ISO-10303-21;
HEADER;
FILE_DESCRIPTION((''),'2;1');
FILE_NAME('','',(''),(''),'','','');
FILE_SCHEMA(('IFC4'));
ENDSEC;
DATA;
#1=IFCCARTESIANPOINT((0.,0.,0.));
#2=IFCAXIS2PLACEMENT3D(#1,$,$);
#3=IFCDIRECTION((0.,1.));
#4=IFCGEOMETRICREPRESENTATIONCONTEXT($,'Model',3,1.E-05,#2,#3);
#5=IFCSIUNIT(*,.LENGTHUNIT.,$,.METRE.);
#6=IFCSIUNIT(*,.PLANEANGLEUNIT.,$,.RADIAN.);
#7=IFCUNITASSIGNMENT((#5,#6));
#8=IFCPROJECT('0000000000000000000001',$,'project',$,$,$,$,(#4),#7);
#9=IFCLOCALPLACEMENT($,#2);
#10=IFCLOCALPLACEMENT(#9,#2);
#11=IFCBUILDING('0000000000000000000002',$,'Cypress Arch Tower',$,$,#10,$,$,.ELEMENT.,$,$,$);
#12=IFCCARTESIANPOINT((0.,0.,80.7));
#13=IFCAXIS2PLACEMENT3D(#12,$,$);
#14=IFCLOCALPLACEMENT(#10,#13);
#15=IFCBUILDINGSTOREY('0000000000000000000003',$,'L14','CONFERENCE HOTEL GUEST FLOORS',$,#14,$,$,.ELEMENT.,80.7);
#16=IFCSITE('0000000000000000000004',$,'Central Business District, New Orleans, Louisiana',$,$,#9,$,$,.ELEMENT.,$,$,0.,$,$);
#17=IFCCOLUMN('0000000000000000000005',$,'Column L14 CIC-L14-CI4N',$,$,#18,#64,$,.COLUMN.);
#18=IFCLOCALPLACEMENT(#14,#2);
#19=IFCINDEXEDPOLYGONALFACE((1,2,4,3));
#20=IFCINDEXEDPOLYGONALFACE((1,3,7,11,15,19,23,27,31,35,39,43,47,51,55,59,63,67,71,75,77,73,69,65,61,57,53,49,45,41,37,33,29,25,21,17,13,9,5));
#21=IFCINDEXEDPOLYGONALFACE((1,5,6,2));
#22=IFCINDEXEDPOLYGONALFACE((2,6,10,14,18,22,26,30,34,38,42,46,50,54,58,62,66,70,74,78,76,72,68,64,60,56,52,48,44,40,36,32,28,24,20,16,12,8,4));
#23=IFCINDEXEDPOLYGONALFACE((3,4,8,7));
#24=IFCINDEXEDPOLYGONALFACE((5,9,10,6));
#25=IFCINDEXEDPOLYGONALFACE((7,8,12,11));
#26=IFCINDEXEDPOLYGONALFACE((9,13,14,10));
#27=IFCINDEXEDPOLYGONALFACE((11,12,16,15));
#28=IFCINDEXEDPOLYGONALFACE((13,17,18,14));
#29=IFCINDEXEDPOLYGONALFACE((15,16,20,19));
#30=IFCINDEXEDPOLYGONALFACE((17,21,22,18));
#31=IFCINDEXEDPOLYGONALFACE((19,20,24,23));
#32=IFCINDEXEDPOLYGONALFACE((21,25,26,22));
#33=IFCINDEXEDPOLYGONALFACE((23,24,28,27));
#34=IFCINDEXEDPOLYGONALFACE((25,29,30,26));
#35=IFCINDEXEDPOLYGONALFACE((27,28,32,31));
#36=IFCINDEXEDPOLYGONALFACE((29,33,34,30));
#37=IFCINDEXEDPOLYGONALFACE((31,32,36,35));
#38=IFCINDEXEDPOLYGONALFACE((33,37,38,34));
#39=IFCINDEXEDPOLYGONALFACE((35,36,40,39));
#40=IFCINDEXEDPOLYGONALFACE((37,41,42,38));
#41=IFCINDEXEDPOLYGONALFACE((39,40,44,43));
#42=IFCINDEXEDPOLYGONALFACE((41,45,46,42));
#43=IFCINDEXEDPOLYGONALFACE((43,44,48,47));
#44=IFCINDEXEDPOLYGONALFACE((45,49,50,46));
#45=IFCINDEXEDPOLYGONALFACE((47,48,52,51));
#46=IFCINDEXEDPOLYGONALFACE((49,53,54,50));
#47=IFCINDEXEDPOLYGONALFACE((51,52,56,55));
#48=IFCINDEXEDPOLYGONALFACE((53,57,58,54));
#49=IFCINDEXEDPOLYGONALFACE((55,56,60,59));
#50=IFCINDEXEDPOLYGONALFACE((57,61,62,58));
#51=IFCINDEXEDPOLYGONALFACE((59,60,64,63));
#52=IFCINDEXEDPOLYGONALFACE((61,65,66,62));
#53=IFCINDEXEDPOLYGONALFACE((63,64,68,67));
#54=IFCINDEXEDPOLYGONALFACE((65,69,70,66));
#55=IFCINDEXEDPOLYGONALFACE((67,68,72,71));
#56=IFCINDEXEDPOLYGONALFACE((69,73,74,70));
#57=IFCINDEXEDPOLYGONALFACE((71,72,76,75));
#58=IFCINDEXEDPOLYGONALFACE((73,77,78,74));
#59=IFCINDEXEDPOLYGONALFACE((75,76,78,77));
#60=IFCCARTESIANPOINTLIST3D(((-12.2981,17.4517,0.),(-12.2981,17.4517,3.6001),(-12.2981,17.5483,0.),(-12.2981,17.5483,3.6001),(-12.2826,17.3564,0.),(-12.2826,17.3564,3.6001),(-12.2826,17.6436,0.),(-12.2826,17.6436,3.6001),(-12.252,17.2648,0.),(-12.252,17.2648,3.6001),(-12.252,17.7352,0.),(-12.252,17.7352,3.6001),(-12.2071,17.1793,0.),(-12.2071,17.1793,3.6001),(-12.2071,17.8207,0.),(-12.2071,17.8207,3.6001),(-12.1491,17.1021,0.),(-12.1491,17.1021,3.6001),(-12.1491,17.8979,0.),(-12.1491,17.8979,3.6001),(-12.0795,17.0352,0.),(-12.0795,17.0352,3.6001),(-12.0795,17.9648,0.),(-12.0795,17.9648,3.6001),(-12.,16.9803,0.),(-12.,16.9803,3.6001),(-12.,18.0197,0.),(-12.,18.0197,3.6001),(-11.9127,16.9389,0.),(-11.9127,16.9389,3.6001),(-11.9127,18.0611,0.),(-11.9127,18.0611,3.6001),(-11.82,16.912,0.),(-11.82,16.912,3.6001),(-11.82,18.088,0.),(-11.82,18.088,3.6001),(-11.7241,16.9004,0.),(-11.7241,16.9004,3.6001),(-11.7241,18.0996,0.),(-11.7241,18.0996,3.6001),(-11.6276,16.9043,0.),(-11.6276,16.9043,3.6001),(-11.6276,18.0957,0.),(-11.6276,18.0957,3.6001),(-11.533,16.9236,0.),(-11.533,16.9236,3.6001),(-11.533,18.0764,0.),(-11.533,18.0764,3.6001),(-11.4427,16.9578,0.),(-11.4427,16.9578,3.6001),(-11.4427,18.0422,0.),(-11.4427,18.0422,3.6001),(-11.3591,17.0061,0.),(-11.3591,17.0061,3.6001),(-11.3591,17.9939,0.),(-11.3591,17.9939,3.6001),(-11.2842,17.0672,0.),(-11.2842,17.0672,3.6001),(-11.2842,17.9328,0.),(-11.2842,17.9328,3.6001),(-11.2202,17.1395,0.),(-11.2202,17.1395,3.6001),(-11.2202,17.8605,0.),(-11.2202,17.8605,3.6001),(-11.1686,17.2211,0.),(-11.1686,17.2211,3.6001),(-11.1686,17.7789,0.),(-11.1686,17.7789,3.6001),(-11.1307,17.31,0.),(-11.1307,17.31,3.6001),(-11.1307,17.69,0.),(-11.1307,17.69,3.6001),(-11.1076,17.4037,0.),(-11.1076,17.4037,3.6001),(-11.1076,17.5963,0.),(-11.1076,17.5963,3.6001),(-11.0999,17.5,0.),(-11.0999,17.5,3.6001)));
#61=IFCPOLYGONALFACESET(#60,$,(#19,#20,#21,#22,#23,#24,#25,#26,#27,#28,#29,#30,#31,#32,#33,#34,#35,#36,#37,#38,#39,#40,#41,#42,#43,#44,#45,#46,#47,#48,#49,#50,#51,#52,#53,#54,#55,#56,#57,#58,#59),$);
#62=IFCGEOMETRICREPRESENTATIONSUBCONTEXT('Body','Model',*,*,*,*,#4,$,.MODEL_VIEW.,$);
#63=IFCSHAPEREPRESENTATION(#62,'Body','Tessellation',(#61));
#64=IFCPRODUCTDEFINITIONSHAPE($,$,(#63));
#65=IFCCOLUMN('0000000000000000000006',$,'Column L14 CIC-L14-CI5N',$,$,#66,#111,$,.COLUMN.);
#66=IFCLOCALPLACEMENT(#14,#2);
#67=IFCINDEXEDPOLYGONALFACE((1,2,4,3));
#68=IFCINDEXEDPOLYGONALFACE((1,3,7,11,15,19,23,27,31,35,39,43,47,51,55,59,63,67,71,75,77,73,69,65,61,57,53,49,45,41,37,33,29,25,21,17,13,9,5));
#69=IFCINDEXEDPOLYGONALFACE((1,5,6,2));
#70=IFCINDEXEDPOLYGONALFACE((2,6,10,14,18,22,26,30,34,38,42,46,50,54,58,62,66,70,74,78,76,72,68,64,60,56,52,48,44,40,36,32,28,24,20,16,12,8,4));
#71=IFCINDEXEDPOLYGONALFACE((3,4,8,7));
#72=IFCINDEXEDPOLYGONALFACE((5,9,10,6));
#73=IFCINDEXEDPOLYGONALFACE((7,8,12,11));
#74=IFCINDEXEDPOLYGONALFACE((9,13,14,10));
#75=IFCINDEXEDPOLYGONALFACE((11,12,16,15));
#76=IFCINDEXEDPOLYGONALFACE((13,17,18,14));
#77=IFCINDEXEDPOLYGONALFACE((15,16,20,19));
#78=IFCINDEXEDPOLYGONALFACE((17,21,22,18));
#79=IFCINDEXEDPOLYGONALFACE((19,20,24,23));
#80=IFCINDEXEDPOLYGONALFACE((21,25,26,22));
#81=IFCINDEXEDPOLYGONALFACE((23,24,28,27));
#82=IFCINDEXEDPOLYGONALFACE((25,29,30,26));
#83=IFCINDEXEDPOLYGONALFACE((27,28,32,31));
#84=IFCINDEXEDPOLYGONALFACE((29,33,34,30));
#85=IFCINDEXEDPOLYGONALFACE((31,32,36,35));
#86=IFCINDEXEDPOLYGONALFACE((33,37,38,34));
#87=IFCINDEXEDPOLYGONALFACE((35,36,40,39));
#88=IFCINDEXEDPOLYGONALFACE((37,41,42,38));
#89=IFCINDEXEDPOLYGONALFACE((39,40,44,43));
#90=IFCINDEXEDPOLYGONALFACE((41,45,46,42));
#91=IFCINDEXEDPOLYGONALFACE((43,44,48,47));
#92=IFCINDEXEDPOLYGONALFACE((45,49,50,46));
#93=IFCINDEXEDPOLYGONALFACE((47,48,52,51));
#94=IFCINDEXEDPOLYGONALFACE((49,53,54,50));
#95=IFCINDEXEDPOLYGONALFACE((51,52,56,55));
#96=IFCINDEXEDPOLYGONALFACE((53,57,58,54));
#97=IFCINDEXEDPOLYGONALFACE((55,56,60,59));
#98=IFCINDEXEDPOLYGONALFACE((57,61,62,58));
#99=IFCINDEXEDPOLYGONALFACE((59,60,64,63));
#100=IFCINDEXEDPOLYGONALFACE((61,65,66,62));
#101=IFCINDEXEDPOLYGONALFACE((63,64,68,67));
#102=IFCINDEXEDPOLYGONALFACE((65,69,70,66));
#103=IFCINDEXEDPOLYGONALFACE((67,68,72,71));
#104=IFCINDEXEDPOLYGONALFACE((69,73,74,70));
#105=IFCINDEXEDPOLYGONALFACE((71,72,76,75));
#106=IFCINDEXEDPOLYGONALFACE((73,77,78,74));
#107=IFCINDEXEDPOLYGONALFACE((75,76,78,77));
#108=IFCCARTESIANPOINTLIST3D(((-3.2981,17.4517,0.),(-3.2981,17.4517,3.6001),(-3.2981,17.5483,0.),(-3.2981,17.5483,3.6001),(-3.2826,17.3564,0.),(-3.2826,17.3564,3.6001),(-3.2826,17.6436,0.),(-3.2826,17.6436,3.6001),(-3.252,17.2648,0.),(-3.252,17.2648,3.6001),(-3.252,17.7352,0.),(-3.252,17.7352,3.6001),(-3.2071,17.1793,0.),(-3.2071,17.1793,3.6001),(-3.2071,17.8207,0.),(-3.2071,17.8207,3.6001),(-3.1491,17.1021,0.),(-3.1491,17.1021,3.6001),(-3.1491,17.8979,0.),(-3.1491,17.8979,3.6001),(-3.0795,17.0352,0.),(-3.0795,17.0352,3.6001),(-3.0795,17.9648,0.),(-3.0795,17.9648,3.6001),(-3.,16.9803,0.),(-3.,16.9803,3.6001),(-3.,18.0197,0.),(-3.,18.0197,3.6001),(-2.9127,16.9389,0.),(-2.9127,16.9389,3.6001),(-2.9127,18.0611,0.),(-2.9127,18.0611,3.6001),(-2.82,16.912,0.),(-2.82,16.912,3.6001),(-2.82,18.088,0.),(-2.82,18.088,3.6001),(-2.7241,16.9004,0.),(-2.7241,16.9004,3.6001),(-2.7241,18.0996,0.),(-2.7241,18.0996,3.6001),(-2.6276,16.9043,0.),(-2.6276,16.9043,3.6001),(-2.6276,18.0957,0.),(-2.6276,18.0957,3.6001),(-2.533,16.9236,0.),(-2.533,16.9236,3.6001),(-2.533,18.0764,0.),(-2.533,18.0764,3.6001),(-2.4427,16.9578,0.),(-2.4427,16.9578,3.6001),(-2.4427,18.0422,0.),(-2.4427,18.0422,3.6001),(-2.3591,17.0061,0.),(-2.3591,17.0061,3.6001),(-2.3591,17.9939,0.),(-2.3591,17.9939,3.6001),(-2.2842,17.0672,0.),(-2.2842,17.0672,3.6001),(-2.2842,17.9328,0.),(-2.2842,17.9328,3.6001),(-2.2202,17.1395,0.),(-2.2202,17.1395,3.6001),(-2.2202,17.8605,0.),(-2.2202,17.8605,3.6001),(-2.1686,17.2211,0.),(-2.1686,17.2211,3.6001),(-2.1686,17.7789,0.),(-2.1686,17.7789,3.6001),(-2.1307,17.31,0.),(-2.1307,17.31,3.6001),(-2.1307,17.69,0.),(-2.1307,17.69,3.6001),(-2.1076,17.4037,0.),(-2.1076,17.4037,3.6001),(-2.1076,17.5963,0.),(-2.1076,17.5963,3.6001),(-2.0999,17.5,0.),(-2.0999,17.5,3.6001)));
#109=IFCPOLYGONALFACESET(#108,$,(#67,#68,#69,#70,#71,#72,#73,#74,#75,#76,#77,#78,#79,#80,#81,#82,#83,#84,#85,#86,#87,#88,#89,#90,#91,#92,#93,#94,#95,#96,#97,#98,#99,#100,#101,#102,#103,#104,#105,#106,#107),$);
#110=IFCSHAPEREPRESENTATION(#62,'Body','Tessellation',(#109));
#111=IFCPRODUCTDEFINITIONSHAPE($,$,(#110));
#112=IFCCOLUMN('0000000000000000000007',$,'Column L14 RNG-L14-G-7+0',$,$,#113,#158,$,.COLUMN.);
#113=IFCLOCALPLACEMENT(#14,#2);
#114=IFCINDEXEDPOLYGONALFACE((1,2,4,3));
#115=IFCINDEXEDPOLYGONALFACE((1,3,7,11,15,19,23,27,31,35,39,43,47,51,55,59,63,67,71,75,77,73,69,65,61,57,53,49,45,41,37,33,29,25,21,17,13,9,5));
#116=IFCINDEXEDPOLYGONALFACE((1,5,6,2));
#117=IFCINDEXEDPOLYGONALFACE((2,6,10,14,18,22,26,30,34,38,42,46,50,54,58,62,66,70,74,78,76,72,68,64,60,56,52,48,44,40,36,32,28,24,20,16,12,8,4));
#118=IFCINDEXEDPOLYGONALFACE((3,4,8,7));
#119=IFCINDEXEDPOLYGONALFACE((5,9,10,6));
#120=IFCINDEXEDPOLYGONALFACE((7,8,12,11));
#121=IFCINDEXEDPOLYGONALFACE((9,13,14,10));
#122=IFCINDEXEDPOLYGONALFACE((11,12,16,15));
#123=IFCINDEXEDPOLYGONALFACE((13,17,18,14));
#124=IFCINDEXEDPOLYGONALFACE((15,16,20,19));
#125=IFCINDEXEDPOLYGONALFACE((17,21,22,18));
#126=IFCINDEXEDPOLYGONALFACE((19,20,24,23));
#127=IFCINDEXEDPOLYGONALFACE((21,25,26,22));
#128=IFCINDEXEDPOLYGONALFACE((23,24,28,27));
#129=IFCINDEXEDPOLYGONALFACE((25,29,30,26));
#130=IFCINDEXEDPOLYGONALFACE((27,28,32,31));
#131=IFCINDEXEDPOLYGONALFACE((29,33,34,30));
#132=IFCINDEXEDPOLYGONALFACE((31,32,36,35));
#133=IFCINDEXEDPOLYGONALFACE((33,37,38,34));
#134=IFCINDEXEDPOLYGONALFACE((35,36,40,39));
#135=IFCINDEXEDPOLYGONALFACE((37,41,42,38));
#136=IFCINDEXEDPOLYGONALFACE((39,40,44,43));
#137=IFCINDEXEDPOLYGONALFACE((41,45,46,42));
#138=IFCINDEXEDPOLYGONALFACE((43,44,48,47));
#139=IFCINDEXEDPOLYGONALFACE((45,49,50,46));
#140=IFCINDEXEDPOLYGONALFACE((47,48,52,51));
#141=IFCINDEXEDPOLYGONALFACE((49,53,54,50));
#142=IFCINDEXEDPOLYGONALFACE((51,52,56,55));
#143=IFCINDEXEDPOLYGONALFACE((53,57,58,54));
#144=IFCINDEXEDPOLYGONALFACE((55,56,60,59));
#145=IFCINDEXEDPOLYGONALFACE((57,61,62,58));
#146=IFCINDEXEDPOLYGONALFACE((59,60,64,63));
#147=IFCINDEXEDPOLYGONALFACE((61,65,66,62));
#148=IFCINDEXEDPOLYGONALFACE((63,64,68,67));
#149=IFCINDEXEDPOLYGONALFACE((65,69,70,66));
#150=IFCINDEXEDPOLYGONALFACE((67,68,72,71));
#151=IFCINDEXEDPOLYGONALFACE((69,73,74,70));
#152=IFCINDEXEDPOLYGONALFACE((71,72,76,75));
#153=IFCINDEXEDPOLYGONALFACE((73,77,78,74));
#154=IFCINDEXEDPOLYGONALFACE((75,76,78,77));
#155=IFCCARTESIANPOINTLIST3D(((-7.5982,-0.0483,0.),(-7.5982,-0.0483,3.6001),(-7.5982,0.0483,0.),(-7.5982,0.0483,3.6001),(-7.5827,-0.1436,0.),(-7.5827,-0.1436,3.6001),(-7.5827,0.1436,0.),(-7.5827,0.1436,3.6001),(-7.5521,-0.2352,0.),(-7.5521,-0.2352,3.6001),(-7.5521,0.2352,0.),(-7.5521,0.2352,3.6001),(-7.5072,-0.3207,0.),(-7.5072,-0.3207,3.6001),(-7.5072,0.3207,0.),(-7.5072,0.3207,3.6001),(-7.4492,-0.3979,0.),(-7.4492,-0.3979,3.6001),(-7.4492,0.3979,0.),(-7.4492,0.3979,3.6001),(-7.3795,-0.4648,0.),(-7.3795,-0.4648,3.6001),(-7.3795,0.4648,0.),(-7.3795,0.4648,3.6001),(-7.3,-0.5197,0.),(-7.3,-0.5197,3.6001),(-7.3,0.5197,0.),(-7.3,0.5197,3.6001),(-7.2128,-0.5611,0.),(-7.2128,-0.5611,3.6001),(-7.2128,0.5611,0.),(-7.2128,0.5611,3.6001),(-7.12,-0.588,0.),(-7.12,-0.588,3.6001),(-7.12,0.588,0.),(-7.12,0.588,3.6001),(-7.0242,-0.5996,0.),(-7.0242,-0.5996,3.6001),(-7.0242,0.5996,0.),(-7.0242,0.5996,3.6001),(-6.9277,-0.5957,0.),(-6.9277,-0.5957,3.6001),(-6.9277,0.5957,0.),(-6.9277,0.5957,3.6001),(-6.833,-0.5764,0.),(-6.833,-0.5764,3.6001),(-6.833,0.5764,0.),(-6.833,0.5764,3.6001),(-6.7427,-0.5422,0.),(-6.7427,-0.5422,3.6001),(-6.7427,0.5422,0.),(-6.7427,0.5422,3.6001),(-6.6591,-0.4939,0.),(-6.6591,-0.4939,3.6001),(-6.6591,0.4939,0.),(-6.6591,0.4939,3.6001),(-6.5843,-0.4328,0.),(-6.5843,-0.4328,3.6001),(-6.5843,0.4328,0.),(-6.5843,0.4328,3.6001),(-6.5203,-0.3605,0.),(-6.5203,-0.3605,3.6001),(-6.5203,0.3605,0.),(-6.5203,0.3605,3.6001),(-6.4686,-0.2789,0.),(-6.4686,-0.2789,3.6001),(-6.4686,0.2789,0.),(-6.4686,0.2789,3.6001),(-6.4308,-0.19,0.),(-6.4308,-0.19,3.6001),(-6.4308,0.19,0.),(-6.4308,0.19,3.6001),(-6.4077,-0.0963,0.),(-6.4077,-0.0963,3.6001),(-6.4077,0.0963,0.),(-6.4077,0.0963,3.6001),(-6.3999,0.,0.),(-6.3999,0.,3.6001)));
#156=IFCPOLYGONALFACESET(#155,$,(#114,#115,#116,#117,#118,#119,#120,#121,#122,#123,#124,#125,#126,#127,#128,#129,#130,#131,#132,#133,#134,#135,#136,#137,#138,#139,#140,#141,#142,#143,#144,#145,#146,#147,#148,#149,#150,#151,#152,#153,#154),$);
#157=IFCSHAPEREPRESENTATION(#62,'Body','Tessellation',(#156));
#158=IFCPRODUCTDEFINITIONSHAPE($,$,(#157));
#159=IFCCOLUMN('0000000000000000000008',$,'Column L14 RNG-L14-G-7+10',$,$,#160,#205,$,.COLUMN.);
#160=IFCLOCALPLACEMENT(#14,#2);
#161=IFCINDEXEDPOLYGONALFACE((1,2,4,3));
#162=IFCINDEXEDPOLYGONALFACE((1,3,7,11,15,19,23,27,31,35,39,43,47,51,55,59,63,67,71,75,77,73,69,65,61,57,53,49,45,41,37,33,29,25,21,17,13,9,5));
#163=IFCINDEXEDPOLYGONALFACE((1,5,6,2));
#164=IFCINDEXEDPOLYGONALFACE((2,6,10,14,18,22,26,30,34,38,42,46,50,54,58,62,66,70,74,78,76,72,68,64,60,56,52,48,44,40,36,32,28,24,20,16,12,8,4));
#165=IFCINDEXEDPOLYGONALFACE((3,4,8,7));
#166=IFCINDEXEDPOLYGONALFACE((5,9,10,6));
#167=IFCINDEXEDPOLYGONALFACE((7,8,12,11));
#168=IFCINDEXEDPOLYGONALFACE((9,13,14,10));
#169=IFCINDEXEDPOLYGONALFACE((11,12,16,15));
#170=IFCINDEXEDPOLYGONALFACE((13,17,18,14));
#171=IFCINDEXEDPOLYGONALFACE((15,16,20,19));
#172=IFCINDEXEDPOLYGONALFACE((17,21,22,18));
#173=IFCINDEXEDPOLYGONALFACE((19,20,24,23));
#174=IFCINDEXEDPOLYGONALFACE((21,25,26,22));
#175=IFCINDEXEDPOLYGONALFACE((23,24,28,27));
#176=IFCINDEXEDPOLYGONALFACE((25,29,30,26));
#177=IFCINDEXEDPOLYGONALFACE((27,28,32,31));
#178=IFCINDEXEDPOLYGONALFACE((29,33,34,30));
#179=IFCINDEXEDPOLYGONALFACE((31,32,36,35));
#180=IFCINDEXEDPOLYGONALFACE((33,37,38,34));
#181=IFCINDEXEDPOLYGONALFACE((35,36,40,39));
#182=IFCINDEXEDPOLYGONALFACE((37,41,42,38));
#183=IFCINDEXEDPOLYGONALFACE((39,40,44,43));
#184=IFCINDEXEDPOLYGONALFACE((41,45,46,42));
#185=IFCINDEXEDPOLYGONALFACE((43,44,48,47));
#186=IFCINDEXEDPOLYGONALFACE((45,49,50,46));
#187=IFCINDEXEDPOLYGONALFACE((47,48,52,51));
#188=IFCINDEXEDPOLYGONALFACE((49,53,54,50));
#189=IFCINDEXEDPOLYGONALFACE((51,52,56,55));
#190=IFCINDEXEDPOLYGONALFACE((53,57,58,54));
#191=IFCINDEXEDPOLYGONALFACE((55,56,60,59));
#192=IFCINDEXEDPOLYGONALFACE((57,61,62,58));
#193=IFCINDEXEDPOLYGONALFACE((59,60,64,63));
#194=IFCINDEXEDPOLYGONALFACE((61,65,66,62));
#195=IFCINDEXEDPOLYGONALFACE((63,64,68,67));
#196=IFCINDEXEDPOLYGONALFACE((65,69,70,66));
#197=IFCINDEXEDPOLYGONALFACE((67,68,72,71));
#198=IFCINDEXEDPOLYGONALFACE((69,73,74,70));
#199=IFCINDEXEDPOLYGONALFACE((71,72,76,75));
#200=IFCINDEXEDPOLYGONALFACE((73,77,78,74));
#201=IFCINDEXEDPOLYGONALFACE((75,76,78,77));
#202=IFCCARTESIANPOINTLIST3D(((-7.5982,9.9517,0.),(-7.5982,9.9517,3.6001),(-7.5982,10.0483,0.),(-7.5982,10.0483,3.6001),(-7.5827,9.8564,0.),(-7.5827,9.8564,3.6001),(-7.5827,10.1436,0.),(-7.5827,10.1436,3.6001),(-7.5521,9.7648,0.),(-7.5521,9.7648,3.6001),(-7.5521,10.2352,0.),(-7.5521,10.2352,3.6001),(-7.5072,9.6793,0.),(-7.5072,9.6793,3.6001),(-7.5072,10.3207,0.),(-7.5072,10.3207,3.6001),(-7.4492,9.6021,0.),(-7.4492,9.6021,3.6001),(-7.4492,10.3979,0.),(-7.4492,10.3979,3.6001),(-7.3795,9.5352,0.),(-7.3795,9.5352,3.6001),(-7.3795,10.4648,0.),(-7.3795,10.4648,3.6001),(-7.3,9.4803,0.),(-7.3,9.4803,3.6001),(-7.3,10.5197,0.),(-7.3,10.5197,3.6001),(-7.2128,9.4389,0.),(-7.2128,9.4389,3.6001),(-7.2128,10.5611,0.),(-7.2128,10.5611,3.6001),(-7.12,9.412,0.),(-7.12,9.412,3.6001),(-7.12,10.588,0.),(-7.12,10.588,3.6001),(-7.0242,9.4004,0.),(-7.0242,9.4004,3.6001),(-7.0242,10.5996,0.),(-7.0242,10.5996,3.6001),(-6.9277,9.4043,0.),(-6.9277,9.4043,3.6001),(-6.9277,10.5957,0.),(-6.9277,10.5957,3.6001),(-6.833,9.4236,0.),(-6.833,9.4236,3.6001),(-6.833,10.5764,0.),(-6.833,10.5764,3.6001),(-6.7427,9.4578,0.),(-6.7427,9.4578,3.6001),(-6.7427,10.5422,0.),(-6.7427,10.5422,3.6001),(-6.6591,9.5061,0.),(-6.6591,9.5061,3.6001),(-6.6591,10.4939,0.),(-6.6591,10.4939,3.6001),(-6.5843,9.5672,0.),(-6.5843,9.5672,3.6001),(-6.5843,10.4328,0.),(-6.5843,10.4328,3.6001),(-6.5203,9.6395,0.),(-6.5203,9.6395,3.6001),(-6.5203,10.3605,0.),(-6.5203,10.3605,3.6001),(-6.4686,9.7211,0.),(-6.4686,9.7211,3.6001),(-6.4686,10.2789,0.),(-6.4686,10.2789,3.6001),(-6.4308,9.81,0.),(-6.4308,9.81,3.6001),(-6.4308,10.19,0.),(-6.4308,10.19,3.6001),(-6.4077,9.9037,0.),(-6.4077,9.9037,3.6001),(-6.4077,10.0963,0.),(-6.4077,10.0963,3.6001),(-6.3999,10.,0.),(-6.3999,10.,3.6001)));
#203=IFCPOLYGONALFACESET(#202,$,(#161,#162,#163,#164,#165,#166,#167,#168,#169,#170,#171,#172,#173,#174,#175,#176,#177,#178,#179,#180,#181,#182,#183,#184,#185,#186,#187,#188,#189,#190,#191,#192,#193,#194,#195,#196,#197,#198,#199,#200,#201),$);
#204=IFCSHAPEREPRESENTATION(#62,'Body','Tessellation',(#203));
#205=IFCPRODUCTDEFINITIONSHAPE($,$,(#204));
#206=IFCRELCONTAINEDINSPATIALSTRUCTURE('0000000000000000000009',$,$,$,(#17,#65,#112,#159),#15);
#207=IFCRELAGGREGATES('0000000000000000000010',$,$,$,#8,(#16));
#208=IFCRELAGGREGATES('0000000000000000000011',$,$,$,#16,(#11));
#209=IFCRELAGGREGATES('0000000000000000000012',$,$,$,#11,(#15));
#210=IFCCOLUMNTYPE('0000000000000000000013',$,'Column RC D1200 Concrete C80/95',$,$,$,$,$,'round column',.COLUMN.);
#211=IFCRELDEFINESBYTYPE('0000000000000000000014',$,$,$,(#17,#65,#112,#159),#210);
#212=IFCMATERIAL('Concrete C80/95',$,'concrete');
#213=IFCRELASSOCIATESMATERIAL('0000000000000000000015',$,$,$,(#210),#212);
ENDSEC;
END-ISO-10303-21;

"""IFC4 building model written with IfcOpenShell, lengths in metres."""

from ifc_helpers import new_model, si_unit, direction, frame, origin, origin_2d, place, context, subcontext, project, spatial, circle, extrude, material, material_profile, profile_set, type_object, element, save


model = new_model("IFC4")

# Units and contexts
model_context = context("Model", 3, precision=1e-05, world=origin(), true_north=direction((0.0, 1.0)))
body_context = subcontext(model_context, "Body", "Model", "MODEL_VIEW")
ifc_project = project(units=[si_unit("LENGTHUNIT", "METRE"), si_unit("PLANEANGLEUNIT", "RADIAN")], contexts=[model_context])

# Site, building, storey
site_placement = place(None, origin())
site = spatial("IfcSite", under=ifc_project, at=site_placement, Name="Central Business District, New Orleans, Louisiana", CompositionType="ELEMENT", RefElevation=0.0)
building_placement = place(site_placement, origin())
building = spatial("IfcBuilding", under=site, at=building_placement, Name="Cypress Arch Tower", CompositionType="ELEMENT")
storey_placement = place(building_placement, frame((0.0, 0.0, 80.7)))
storey = spatial("IfcBuildingStorey", under=building, at=storey_placement, Name="L14", Description="CONFERENCE HOTEL GUEST FLOORS", CompositionType="ELEMENT", Elevation=80.7)

# Columns
ifc_material_1 = material(Name="Concrete C80/95", Category="concrete")
ifc_material_profile_1 = material_profile(ifc_material_1, circle(Radius=0.6001, at=origin_2d()), Name="RC D1200")
ifc_profile_set_1 = profile_set([ifc_material_profile_1], Name="Concrete C80/95")
column_type = type_object("IfcColumnType", Name="Column RC D1200 Concrete C80/95", ElementType="round column", PredefinedType="COLUMN", material=ifc_profile_set_1)
for number, where, z_axis, x_axis, name in (
    (1, (-11.7, 17.5, 0.0), (0.0, 0.0, 1.0), (1.0, 0.0, 0.0), "Column L14 CIC-L14-CI4N"),
    (2, (-2.7, 17.5, 0.0), (0.0, 0.0, 1.0), (1.0, 0.0, 0.0), "Column L14 CIC-L14-CI5N"),
    (3, (-7.0, 0.0, 0.0), (0.0, 0.0, 1.0), (1.0, 0.0, 0.0), "Column L14 RNG-L14-G-7+0"),
    (4, (-7.0, 10.0, 0.0), (0.0, 0.0, 1.0), (1.0, 0.0, 0.0), "Column L14 RNG-L14-G-7+10"),
):
    element("IfcColumn", number, at=place(storey_placement, frame(where, z_axis=z_axis, x_axis=x_axis)), inside=storey, type_object=column_type, Name=name, PredefinedType="COLUMN", context=body_context, shape_type="SweptSolid", body=[
        extrude(circle(Radius=0.6001, at=origin_2d()), origin(), (0.0, 0.0, 1.0), 3.6001),
    ])

save(model, "model.ifc")
